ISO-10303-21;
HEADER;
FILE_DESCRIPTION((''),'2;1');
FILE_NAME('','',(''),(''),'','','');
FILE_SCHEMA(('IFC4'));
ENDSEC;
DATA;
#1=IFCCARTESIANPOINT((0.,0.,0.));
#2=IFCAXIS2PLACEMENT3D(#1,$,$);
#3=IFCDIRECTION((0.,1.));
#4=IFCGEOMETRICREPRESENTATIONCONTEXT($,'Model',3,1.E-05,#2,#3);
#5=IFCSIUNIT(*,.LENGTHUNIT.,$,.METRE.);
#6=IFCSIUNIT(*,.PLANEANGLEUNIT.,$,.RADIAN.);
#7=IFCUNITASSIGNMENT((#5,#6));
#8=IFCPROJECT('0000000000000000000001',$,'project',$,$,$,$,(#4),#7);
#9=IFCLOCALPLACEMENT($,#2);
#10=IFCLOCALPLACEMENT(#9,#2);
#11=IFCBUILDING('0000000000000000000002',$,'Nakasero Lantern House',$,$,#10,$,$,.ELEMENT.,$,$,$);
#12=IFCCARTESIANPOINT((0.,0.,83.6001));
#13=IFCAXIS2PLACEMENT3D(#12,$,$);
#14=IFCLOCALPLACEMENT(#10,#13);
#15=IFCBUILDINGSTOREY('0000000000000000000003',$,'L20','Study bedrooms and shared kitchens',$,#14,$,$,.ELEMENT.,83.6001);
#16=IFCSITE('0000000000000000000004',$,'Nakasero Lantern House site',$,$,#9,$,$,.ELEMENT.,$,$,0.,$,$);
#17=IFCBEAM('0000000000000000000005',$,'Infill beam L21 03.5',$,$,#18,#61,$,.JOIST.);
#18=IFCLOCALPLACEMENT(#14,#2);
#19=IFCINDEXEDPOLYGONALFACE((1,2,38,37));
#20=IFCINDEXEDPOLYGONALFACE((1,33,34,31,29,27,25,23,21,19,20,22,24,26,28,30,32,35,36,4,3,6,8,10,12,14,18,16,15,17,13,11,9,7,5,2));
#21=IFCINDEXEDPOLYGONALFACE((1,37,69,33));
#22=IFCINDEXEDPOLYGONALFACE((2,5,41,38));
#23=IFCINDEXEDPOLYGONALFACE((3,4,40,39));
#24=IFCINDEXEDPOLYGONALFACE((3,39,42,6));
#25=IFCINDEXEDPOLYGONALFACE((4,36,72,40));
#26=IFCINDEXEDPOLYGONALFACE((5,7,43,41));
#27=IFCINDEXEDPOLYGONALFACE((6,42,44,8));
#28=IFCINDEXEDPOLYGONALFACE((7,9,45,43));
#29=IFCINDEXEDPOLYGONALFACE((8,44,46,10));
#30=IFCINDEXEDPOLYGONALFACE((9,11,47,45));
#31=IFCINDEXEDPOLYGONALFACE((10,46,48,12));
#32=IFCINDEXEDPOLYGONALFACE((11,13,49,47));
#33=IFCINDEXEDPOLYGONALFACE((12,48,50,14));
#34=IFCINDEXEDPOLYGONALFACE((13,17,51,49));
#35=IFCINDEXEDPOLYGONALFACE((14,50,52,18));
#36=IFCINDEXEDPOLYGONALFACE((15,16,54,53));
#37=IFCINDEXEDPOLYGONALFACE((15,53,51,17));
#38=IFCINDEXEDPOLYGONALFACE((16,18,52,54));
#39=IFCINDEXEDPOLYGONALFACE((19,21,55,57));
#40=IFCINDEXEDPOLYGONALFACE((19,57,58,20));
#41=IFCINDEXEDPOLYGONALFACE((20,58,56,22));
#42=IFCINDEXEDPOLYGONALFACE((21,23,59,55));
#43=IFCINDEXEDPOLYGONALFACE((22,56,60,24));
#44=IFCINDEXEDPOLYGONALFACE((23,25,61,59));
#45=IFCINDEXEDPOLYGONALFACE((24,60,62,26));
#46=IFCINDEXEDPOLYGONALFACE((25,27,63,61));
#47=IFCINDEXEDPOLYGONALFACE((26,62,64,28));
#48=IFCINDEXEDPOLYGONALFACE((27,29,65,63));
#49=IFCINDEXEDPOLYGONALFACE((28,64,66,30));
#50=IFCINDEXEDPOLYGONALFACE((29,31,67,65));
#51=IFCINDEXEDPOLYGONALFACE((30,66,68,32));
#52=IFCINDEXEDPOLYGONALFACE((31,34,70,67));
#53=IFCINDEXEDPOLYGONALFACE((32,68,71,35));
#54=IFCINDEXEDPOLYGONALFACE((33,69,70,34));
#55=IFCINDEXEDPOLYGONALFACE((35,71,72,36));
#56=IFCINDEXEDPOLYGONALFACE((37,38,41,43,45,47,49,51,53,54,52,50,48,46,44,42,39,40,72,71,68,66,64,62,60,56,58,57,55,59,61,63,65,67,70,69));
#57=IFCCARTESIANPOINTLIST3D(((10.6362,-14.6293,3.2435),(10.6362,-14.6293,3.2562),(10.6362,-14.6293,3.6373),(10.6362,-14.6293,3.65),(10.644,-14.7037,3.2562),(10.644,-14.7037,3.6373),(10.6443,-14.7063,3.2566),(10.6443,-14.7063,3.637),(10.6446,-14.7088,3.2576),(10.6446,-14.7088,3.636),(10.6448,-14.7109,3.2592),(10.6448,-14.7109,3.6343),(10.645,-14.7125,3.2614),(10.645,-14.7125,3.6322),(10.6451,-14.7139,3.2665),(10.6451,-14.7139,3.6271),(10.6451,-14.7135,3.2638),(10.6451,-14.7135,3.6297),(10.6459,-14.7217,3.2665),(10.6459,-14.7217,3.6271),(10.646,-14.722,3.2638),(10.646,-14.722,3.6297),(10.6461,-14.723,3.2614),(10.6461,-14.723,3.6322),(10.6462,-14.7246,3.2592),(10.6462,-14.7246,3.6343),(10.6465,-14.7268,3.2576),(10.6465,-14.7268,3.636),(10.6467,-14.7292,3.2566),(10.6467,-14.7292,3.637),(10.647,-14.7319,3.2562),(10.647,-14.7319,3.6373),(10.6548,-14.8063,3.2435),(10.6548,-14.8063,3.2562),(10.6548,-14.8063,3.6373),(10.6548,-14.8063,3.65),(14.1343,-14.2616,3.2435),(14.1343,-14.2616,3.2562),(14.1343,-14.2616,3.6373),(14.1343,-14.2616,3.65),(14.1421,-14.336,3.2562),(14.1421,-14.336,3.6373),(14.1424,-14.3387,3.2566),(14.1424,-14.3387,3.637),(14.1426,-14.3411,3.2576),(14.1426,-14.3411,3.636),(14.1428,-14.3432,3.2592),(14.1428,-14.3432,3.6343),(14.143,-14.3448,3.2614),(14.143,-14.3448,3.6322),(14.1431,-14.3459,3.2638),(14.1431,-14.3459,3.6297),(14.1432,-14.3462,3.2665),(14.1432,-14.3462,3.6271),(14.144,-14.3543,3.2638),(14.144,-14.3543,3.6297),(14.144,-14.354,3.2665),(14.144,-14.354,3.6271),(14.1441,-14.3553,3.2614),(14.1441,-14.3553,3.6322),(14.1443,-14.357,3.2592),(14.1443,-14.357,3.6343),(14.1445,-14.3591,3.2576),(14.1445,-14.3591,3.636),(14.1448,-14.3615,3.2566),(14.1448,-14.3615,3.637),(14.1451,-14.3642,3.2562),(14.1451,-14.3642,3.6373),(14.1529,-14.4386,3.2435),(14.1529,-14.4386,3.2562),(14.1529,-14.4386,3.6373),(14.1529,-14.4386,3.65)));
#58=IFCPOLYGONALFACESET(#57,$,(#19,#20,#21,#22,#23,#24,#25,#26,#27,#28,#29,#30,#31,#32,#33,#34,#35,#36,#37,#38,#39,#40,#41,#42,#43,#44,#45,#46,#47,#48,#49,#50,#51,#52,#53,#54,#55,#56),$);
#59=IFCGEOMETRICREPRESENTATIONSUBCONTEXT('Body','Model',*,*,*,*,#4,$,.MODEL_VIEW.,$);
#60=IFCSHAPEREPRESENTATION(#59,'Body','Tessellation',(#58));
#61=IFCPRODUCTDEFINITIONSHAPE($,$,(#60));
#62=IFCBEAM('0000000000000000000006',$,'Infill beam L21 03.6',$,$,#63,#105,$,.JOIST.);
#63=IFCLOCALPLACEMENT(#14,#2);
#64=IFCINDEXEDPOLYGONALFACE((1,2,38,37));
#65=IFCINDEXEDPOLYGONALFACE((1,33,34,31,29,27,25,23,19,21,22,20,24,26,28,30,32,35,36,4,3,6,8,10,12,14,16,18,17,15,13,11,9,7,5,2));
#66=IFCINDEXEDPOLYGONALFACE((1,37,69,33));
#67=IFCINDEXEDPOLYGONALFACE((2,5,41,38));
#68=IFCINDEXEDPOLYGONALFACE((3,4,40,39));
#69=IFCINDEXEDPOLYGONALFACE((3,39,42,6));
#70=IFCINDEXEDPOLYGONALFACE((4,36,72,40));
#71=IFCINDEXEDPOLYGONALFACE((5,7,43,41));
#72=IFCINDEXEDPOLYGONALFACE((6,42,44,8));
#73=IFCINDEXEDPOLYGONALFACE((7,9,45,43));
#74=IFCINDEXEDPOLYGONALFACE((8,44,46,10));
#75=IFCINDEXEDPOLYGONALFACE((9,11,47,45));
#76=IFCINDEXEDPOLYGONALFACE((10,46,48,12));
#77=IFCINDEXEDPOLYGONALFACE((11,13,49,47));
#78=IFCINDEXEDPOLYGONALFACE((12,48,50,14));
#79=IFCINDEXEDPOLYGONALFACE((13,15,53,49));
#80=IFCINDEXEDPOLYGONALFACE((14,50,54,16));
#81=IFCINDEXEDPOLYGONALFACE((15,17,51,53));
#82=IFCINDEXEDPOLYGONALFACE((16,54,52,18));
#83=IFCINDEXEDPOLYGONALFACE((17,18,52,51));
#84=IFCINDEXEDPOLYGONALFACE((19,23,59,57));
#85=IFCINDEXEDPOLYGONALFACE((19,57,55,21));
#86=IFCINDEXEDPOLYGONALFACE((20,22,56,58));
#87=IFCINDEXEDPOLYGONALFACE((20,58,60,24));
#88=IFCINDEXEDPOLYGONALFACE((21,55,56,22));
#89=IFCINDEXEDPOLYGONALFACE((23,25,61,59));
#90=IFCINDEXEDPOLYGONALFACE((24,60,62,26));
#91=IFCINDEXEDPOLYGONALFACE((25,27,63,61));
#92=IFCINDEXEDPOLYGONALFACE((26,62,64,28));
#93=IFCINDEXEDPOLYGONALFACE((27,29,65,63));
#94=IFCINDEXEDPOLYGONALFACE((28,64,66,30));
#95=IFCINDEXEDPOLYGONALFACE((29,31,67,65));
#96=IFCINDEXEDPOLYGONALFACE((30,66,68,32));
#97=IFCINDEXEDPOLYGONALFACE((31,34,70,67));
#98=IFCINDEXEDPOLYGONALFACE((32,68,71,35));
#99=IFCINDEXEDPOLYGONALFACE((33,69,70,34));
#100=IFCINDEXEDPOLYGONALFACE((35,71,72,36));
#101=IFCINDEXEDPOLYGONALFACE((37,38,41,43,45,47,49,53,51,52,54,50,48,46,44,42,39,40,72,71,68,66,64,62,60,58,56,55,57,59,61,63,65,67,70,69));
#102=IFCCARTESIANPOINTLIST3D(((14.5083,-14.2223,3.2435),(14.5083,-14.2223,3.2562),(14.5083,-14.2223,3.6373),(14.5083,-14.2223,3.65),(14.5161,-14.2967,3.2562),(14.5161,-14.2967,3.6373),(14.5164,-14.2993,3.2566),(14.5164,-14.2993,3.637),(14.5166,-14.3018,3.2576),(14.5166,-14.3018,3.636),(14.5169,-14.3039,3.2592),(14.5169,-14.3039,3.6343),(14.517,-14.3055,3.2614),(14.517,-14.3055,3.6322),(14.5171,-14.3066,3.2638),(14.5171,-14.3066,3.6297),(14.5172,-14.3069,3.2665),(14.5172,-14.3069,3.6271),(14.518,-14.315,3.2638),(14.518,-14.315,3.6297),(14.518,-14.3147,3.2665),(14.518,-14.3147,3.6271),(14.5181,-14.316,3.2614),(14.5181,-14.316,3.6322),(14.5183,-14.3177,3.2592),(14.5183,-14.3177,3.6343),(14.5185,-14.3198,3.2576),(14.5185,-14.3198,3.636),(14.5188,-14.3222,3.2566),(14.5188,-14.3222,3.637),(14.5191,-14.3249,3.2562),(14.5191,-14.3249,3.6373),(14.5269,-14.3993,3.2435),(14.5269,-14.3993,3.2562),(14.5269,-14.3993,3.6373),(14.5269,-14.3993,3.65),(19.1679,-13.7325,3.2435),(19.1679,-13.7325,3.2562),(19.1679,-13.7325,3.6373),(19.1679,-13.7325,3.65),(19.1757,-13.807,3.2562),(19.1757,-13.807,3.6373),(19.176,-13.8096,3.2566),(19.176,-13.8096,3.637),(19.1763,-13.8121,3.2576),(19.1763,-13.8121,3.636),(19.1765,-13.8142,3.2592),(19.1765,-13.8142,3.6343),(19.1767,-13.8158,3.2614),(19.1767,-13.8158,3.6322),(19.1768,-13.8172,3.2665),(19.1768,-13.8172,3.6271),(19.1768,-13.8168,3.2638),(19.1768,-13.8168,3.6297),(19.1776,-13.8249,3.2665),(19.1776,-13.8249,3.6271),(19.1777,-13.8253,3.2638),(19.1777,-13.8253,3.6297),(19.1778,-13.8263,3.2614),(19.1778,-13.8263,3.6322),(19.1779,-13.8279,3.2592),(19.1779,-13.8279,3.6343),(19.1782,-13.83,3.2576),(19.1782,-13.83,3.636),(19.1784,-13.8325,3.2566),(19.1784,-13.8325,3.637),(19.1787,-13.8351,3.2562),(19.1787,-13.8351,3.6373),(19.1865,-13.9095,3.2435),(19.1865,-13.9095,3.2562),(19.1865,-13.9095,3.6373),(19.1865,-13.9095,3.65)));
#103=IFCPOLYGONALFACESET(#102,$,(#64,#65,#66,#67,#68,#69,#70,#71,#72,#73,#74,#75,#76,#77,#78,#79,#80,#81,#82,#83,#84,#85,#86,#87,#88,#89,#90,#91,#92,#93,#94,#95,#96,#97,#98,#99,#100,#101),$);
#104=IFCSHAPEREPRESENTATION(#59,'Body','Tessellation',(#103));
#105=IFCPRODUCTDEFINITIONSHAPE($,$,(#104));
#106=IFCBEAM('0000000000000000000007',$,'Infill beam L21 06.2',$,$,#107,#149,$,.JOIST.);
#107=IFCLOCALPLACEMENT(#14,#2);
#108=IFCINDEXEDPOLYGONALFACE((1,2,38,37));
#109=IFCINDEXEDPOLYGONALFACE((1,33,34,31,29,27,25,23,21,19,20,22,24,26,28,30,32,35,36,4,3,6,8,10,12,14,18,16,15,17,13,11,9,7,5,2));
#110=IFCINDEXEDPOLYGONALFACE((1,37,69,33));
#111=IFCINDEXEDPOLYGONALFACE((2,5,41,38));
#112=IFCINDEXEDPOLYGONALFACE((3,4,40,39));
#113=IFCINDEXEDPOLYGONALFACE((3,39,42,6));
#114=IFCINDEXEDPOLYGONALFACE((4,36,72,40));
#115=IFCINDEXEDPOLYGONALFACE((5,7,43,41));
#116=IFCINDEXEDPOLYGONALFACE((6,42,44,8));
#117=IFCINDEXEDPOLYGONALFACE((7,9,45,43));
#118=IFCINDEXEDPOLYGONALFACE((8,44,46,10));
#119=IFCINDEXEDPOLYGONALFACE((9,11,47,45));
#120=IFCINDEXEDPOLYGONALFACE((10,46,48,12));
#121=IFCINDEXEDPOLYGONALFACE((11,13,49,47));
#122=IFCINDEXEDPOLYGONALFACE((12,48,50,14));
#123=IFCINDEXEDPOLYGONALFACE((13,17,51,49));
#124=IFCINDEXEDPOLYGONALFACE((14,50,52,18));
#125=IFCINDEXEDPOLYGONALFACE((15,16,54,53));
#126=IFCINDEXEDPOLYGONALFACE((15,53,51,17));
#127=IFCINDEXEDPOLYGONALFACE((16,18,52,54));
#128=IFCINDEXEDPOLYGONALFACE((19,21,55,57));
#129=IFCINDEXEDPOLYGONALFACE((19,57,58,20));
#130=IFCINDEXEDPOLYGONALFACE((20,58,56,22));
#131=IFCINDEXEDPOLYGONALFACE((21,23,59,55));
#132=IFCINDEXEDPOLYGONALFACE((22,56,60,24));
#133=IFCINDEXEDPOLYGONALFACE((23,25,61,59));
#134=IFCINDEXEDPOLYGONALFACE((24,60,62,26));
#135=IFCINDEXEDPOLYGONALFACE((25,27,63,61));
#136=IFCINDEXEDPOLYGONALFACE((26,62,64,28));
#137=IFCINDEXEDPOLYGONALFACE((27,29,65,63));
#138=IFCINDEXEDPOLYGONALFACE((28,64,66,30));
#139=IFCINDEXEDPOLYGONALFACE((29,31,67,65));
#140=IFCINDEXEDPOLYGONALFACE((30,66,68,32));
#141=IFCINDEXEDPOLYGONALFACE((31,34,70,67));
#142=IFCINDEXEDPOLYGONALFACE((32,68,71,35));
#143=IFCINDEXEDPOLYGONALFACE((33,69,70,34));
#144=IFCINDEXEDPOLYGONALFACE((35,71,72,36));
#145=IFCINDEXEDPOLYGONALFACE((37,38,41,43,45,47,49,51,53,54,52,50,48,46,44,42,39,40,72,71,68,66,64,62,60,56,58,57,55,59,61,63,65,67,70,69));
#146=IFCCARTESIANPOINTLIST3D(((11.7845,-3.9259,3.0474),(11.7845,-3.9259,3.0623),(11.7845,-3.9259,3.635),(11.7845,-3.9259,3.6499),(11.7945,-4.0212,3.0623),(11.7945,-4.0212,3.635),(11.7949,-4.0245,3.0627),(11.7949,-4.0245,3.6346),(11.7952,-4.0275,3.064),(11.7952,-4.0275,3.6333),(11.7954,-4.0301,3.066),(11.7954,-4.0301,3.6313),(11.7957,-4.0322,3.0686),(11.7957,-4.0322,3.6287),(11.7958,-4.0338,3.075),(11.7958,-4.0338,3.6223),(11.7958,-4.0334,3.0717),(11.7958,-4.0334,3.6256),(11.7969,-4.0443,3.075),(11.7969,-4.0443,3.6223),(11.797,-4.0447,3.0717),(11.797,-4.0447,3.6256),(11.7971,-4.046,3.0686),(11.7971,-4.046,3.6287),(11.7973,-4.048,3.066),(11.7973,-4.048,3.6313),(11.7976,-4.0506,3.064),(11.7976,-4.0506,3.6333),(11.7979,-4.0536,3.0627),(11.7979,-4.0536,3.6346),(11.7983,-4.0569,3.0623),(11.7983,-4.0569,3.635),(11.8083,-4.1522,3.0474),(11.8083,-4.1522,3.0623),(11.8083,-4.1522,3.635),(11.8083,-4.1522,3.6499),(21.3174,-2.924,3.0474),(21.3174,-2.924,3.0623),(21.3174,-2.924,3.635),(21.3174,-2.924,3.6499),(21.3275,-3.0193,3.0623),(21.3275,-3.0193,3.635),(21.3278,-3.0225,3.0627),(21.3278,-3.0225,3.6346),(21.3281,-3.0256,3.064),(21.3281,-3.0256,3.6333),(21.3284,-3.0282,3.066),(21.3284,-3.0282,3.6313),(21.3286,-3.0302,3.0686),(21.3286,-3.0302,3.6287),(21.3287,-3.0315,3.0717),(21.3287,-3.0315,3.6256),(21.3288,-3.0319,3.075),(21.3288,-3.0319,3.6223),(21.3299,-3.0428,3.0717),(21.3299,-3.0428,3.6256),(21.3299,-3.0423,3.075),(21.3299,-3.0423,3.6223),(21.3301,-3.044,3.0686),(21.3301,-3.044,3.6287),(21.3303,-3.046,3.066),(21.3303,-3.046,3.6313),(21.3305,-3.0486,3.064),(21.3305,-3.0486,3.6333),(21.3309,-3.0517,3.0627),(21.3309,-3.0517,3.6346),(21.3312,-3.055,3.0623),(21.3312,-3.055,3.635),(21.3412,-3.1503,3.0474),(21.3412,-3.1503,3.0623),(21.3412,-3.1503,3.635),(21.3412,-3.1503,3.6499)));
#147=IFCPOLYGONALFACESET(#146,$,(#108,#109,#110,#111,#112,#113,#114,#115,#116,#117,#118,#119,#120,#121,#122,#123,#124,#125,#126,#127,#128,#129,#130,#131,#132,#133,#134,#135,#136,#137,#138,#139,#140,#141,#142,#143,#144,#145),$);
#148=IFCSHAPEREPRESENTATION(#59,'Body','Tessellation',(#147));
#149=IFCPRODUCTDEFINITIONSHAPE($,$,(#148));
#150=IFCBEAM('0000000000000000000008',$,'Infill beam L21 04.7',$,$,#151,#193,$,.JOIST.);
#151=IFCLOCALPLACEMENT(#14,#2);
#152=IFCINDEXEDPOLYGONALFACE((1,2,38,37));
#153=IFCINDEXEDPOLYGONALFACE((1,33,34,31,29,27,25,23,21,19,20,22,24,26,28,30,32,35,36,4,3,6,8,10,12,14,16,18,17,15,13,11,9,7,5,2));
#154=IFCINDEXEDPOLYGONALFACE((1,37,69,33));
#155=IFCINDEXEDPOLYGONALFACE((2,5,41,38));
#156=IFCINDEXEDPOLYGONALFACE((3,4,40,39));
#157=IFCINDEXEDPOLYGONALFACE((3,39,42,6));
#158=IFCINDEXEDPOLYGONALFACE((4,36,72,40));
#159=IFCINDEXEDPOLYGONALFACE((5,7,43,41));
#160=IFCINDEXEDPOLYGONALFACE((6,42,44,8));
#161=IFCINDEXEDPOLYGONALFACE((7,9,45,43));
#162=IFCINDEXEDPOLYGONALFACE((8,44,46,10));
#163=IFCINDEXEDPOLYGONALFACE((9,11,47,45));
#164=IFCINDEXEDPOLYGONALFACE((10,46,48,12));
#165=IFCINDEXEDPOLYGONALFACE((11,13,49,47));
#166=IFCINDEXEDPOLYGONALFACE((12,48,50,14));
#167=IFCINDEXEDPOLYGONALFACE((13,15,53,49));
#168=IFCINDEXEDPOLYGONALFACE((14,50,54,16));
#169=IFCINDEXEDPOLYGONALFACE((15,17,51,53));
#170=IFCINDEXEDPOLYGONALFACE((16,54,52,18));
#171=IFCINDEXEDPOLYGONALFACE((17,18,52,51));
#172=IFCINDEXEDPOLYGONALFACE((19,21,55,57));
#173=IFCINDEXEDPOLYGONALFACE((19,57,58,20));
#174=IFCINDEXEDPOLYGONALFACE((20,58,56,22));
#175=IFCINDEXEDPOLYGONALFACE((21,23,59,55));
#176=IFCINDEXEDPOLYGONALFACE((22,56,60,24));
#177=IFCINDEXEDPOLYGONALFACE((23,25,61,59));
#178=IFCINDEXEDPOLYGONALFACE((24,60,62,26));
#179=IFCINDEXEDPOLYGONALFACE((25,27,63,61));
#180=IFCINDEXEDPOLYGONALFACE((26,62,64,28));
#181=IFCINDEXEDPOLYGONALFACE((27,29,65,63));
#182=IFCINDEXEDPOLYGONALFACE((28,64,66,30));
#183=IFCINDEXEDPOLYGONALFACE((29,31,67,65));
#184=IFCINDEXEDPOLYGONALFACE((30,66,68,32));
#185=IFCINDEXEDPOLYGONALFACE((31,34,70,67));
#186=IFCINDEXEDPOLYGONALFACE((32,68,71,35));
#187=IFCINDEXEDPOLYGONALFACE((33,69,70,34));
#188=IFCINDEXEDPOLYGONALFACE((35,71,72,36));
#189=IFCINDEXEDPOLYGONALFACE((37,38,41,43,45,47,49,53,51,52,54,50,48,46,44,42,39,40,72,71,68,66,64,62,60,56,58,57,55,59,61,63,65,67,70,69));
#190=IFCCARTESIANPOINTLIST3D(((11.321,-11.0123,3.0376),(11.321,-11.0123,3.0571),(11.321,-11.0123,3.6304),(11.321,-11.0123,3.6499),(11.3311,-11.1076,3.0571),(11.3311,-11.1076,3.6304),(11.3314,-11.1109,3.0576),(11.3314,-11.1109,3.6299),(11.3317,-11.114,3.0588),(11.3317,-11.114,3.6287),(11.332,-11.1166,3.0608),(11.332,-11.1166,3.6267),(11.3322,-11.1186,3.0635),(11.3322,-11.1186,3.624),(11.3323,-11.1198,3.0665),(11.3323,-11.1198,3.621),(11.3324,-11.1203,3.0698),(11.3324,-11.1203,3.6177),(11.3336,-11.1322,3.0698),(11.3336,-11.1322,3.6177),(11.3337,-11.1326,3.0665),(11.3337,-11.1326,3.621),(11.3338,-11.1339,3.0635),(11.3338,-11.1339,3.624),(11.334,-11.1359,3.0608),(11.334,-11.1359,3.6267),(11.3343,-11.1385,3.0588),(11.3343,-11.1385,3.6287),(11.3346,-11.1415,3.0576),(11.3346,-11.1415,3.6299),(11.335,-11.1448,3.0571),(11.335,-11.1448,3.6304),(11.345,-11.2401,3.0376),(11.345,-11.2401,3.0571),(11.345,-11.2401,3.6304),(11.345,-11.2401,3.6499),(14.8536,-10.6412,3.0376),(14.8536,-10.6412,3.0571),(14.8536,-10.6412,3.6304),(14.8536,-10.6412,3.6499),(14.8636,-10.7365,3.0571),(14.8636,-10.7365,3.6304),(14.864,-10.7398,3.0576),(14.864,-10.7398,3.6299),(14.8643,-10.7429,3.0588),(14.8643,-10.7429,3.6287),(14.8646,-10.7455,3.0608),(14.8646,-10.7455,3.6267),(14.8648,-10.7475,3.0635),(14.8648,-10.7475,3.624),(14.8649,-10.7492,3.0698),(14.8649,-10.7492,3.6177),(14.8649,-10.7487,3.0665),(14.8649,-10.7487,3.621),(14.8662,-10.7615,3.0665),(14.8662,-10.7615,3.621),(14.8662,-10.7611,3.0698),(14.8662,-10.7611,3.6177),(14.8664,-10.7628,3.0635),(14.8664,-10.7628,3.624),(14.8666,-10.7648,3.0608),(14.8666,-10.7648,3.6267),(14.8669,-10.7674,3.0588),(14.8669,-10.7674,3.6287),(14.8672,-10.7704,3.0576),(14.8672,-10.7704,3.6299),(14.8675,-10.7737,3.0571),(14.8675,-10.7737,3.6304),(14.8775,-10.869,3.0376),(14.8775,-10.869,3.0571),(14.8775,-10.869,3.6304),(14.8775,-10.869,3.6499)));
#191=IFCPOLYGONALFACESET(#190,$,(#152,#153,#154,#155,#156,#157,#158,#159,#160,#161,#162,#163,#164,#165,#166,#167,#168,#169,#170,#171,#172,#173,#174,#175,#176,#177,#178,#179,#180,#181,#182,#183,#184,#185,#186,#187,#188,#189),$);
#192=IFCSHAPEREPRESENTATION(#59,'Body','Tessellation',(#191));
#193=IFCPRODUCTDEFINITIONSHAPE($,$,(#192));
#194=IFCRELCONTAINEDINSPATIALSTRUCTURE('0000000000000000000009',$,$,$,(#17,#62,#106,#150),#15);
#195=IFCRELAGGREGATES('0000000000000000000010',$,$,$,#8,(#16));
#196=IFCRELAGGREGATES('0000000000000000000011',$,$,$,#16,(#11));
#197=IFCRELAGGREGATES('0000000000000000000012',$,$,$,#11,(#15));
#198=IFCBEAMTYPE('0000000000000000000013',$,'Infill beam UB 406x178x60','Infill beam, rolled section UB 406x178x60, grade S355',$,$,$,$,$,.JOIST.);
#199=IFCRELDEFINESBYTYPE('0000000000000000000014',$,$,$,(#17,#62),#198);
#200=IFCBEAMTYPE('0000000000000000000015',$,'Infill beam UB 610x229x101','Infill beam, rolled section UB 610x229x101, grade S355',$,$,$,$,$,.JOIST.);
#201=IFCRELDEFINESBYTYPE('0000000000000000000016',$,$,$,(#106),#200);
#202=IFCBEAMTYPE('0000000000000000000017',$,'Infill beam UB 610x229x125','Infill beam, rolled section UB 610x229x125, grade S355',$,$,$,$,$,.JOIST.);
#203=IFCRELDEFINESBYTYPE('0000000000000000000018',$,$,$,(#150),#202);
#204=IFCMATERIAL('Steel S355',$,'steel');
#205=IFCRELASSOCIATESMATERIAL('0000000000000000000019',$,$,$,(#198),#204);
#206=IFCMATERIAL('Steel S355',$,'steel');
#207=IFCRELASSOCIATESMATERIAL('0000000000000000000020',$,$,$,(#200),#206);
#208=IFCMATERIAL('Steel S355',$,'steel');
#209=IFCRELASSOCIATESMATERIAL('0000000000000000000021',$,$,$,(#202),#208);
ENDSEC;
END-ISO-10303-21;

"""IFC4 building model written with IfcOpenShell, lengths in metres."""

from ifc_helpers import new_model, si_unit, direction, frame, origin, origin_2d, place, context, subcontext, project, spatial, i_section, extrude, material, material_profile, profile_set, type_object, element, save


model = new_model("IFC4")

# Units and contexts
model_context = context("Model", 3, precision=1e-05, world=origin(), true_north=direction((0.0, 1.0)))
body_context = subcontext(model_context, "Body", "Model", "MODEL_VIEW")
ifc_project = project(units=[si_unit("LENGTHUNIT", "METRE"), si_unit("PLANEANGLEUNIT", "RADIAN")], contexts=[model_context])

# Site, building, storey
site_placement = place(None, origin())
site = spatial("IfcSite", under=ifc_project, at=site_placement, Name="Nakasero Lantern House site", CompositionType="ELEMENT", RefElevation=0.0)
building_placement = place(site_placement, origin())
building = spatial("IfcBuilding", under=site, at=building_placement, Name="Nakasero Lantern House", CompositionType="ELEMENT")
storey_placement = place(building_placement, frame((0.0, 0.0, 83.6001)))
storey = spatial("IfcBuildingStorey", under=building, at=storey_placement, Name="L20", Description="Study bedrooms and shared kitchens", CompositionType="ELEMENT", Elevation=83.6001)

# Beams
ifc_material_1 = material(Name="Steel S355", Category="steel")
ifc_material_profile_1 = material_profile(ifc_material_1, i_section(OverallWidth=0.178, OverallDepth=0.4065, WebThickness=0.0078, FlangeThickness=0.0127, FilletRadius=0.0103, at=origin_2d()), Name="UB 406x178x60")
ifc_profile_set_1 = profile_set([ifc_material_profile_1], Name="Steel S355")
beam_type_1 = type_object("IfcBeamType", Name="Infill beam UB 406x178x60", Description="Infill beam, rolled section UB 406x178x60, grade S355", PredefinedType="JOIST", material=ifc_profile_set_1)
beam_1_placement = place(storey_placement, frame((10.6455, -14.7178, 3.4468), z_axis=(0.994521, 0.104533, 0.0), x_axis=(-0.104533, 0.994521, 0.0)))
element("IfcBeam", 1, at=beam_1_placement, inside=storey, type_object=beam_type_1, Name="Infill beam L21 03.5", PredefinedType="JOIST", context=body_context, shape_type="SweptSolid", body=[
    extrude(i_section(OverallWidth=0.178, OverallDepth=0.4065, WebThickness=0.0078, FlangeThickness=0.0127, FilletRadius=0.0103, at=origin_2d()), origin(), (0.0, 0.0, 1.0), 3.5173),
])
beam_2_placement = place(storey_placement, frame((14.5176, -14.3108, 3.4468), z_axis=(0.994522, 0.104527, 0.0), x_axis=(-0.104527, 0.994522, 0.0)))
element("IfcBeam", 2, at=beam_2_placement, inside=storey, type_object=beam_type_1, Name="Infill beam L21 03.6", PredefinedType="JOIST", context=body_context, shape_type="SweptSolid", body=[
    extrude(i_section(OverallWidth=0.178, OverallDepth=0.4065, WebThickness=0.0078, FlangeThickness=0.0127, FilletRadius=0.0103, at=origin_2d()), origin(), (0.0, 0.0, 1.0), 4.6853),
])
ifc_material_2 = material(Name="Steel S355", Category="steel")
ifc_material_profile_2 = material_profile(ifc_material_2, i_section(OverallWidth=0.2275, OverallDepth=0.6025, WebThickness=0.0105, FlangeThickness=0.0149, FilletRadius=0.0127, at=origin_2d()), Name="UB 610x229x101")
ifc_profile_set_2 = profile_set([ifc_material_profile_2], Name="Steel S355")
beam_type_2 = type_object("IfcBeamType", Name="Infill beam UB 610x229x101", Description="Infill beam, rolled section UB 610x229x101, grade S355", PredefinedType="JOIST", material=ifc_profile_set_2)
beam_3_placement = place(storey_placement, frame((11.7964, -4.0391, 3.3486), z_axis=(0.994522, 0.104528, 0.0), x_axis=(-0.104528, 0.994522, 0.0)))
element("IfcBeam", 3, at=beam_3_placement, inside=storey, type_object=beam_type_2, Name="Infill beam L21 06.2", PredefinedType="JOIST", context=body_context, shape_type="SweptSolid", body=[
    extrude(i_section(OverallWidth=0.2275, OverallDepth=0.6025, WebThickness=0.0105, FlangeThickness=0.0149, FilletRadius=0.0127, at=origin_2d()), origin(), (0.0, 0.0, 1.0), 9.5854),
])
ifc_material_3 = material(Name="Steel S355", Category="steel")
ifc_material_profile_3 = material_profile(ifc_material_3, i_section(OverallWidth=0.229, OverallDepth=0.6123, WebThickness=0.012, FlangeThickness=0.0195, FilletRadius=0.0127, at=origin_2d()), Name="UB 610x229x125")
ifc_profile_set_3 = profile_set([ifc_material_profile_3], Name="Steel S355")
beam_type_3 = type_object("IfcBeamType", Name="Infill beam UB 610x229x125", Description="Infill beam, rolled section UB 610x229x125, grade S355", PredefinedType="JOIST", material=ifc_profile_set_3)
beam_4_placement = place(storey_placement, frame((11.333, -11.1262, 3.3438), z_axis=(0.994527, 0.104477, 0.0), x_axis=(-0.104477, 0.994527, 0.0)))
element("IfcBeam", 4, at=beam_4_placement, inside=storey, type_object=beam_type_3, Name="Infill beam L21 04.7", PredefinedType="JOIST", context=body_context, shape_type="SweptSolid", body=[
    extrude(i_section(OverallWidth=0.229, OverallDepth=0.6123, WebThickness=0.012, FlangeThickness=0.0195, FilletRadius=0.0127, at=origin_2d()), origin(), (0.0, 0.0, 1.0), 3.552),
])

save(model, "model.ifc")
